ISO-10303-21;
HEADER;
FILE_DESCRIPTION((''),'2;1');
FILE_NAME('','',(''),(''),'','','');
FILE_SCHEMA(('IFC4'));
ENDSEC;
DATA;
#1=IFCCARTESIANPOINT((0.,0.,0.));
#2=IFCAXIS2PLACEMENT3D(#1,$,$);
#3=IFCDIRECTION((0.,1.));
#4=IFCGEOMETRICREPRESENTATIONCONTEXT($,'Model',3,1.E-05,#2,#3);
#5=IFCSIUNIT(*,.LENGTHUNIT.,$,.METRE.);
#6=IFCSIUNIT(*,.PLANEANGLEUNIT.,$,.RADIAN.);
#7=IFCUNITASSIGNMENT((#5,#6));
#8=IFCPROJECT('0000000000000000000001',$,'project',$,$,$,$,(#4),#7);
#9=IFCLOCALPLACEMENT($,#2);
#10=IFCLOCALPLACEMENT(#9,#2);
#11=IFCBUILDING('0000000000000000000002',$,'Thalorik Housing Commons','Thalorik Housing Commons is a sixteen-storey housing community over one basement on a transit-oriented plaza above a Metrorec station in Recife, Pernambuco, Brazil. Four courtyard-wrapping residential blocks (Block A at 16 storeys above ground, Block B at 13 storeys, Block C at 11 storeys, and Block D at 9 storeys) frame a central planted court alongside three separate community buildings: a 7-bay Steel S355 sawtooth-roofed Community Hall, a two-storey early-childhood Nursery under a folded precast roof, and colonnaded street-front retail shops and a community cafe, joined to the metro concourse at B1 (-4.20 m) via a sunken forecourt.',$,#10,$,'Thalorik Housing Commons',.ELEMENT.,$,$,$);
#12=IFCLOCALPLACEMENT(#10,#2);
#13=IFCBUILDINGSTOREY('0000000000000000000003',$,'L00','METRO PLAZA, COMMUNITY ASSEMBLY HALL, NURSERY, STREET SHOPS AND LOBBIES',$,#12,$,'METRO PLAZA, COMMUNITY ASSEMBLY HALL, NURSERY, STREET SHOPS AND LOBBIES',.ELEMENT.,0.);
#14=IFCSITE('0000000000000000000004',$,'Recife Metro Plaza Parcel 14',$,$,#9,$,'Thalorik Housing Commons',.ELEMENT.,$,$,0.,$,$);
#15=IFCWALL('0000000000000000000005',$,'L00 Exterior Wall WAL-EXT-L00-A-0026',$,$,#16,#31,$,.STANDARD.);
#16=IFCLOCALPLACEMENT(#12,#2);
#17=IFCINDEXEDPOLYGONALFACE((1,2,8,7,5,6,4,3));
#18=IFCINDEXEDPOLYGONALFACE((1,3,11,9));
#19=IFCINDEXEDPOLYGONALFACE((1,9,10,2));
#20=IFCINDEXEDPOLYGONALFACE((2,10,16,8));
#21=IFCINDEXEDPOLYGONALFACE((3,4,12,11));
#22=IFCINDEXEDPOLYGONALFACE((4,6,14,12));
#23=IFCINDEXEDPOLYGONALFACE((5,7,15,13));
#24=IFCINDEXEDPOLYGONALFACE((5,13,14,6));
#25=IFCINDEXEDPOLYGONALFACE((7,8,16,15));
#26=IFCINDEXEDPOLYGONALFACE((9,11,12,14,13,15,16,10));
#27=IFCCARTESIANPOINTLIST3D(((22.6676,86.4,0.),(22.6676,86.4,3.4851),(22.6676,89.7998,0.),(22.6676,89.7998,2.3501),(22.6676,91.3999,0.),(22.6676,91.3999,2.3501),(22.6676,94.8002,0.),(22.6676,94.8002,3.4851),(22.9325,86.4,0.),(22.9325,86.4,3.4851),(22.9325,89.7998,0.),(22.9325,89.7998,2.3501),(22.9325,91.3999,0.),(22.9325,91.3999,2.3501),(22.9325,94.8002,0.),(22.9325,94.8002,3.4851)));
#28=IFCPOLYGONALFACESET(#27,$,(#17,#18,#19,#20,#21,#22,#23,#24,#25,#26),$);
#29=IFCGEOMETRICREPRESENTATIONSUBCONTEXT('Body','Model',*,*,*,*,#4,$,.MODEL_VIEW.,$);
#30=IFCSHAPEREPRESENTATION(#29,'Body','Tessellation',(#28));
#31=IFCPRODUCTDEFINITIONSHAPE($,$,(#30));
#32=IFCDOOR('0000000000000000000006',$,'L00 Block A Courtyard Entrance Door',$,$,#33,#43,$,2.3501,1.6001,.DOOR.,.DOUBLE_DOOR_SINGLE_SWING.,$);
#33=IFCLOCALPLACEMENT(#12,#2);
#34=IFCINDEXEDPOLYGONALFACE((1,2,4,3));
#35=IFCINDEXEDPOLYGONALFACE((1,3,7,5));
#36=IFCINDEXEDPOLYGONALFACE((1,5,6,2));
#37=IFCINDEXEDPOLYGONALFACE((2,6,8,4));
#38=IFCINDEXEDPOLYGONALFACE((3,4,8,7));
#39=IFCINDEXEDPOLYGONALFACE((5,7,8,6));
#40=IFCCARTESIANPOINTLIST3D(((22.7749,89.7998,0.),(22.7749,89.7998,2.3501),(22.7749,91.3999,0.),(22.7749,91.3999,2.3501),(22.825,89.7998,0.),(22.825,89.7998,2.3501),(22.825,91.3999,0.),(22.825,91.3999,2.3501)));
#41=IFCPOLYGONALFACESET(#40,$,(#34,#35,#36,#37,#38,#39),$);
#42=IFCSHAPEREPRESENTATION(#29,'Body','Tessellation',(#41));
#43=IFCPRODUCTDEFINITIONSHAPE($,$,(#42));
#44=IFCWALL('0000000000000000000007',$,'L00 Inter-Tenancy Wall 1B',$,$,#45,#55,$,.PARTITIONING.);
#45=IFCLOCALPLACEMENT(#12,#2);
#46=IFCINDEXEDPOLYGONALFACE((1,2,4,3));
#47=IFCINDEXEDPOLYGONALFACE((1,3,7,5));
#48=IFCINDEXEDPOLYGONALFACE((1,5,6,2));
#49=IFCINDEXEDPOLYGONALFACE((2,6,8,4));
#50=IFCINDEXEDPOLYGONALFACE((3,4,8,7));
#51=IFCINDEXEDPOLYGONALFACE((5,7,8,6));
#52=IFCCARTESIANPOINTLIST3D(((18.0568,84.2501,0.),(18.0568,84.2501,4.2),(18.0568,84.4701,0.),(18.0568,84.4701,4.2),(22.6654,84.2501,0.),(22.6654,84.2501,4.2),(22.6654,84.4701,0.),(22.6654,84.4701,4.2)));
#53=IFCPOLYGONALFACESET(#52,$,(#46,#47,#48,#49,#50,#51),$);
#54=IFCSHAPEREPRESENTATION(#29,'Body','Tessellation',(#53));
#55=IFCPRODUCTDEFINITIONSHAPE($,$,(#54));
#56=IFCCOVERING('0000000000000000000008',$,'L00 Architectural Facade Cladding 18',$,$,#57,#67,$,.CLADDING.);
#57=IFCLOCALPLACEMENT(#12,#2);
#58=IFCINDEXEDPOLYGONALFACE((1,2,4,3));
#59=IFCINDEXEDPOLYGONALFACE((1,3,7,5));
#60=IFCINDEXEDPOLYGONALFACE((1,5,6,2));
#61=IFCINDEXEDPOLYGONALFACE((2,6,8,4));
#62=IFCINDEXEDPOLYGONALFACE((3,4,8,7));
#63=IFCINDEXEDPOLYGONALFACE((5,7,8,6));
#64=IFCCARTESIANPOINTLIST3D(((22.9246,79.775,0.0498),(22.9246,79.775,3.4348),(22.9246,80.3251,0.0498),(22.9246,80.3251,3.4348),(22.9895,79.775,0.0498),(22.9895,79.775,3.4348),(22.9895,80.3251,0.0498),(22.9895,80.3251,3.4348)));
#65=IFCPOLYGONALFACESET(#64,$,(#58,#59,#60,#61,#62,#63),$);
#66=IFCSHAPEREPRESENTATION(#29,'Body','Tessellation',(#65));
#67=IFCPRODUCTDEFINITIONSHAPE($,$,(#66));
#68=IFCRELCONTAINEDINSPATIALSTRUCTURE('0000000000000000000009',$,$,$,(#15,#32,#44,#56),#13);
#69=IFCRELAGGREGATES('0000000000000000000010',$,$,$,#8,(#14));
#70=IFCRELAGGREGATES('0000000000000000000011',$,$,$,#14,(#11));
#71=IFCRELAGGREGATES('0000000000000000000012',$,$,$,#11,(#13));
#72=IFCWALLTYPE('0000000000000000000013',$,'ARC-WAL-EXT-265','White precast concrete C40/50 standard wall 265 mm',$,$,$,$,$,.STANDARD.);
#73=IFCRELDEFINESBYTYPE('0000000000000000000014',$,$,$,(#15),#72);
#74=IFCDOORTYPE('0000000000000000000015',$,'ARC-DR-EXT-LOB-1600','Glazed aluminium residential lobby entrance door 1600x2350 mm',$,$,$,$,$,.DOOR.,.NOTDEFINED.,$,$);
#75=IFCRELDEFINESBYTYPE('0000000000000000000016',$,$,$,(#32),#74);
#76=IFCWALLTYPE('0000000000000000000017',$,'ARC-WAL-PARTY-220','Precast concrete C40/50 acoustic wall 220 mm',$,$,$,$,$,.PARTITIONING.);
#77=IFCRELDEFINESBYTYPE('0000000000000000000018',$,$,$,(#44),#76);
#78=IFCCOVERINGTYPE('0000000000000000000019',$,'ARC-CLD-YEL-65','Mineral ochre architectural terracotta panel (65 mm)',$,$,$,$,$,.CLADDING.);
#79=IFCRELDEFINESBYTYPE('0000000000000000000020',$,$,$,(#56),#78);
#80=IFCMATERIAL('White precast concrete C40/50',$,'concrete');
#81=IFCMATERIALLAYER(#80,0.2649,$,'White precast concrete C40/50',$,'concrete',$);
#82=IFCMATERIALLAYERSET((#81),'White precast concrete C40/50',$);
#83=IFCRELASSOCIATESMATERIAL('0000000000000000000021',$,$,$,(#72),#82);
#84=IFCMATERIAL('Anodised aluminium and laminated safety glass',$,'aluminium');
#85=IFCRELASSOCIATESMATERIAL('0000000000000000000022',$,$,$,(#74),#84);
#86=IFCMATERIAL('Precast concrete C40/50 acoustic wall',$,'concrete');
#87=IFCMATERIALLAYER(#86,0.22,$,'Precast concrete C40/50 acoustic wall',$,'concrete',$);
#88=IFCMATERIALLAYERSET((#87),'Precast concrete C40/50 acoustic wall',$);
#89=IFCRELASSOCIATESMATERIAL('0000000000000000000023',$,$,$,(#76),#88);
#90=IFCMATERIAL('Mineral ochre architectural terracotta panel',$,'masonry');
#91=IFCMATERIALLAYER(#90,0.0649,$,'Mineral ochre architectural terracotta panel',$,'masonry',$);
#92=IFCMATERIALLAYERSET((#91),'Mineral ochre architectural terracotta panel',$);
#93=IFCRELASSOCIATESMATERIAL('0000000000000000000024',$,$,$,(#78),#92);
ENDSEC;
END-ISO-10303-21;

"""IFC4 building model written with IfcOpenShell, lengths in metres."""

from ifc_helpers import new_model, si_unit, direction, frame, frame_2d, origin, origin_2d, place, context, subcontext, project, spatial, rectangle, extrude, material, layer, layer_set, type_object, element, fill, save


model = new_model("IFC4")

# Units and contexts
model_context = context("Model", 3, precision=1e-05, world=origin(), true_north=direction((0.0, 1.0)))
body_context = subcontext(model_context, "Body", "Model", "MODEL_VIEW")
ifc_project = project(units=[si_unit("LENGTHUNIT", "METRE"), si_unit("PLANEANGLEUNIT", "RADIAN")], contexts=[model_context])

# Site, building, storey
site_placement = place(None, origin())
site = spatial("IfcSite", under=ifc_project, at=site_placement, Name="Recife Metro Plaza Parcel 14", LongName="Thalorik Housing Commons", CompositionType="ELEMENT", RefElevation=0.0)
building_placement = place(site_placement, origin())
building = spatial("IfcBuilding", under=site, at=building_placement, Name="Thalorik Housing Commons", Description="Thalorik Housing Commons is a sixteen-storey housing community over one basement on a transit-oriented plaza above a Metrorec station in Recife, Pernambuco, Brazil. Four courtyard-wrapping residential blocks (Block A at 16 storeys above ground, Block B at 13 storeys, Block C at 11 storeys, and Block D at 9 storeys) frame a central planted court alongside three separate community buildings: a 7-bay Steel S355 sawtooth-roofed Community Hall, a two-storey early-childhood Nursery under a folded precast roof, and colonnaded street-front retail shops and a community cafe, joined to the metro concourse at B1 (-4.20 m) via a sunken forecourt.", LongName="Thalorik Housing Commons", CompositionType="ELEMENT")
storey_placement = place(building_placement, origin())
storey = spatial("IfcBuildingStorey", under=building, at=storey_placement, Name="L00", Description="METRO PLAZA, COMMUNITY ASSEMBLY HALL, NURSERY, STREET SHOPS AND LOBBIES", LongName="METRO PLAZA, COMMUNITY ASSEMBLY HALL, NURSERY, STREET SHOPS AND LOBBIES", CompositionType="ELEMENT", Elevation=0.0)

# Shared definitions
ifc_material_1 = material(Name="White precast concrete C40/50", Category="concrete")
ifc_layer_1 = layer(ifc_material_1, 0.2649, Name="White precast concrete C40/50", Category="concrete")
ifc_layer_set_1 = layer_set([ifc_layer_1], Name="White precast concrete C40/50")
wall_type_1 = type_object("IfcWallType", Name="ARC-WAL-EXT-265", Description="White precast concrete C40/50 standard wall 265 mm", PredefinedType="STANDARD", material=ifc_layer_set_1)

# Wall, opening, door
wall_1_placement = place(storey_placement, frame((22.8, 86.3999, 0.0), z_axis=(0.0, 0.0, 1.0), x_axis=(0.0, 1.0, 0.0)))
wall_1 = element("IfcWall", 1, at=wall_1_placement, inside=storey, type_object=wall_type_1, Name="L00 Exterior Wall WAL-EXT-L00-A-0026", PredefinedType="STANDARD", context=body_context, shape_type="SweptSolid", body=[
    extrude(rectangle(XDim=8.4001, YDim=0.2649, at=frame_2d((4.2002, 0.0))), origin(), (0.0, 0.0, 1.0), 3.4851),
])
opening_1_placement = place(wall_1_placement, frame((3.3999, 0.0, 0.0)))
opening_1 = element("IfcOpeningElement", 2, at=opening_1_placement, cuts=wall_1, PredefinedType="OPENING", context=body_context, shape_type="SweptSolid", body=[
    extrude(rectangle(XDim=1.6001, YDim=2.3501, at=frame_2d((0.8, 1.175))), frame((0.0, 0.1426, 0.0), z_axis=(0.0, -1.0, 0.0), x_axis=(1.0, 0.0, 0.0)), (0.0, 0.0, 1.0), 0.2849),
])
ifc_material_2 = material(Name="Anodised aluminium and laminated safety glass", Category="aluminium")
door_type = type_object("IfcDoorType", Name="ARC-DR-EXT-LOB-1600", Description="Glazed aluminium residential lobby entrance door 1600x2350 mm", OperationType="NOTDEFINED", PredefinedType="DOOR", material=ifc_material_2)
door_placement = place(opening_1_placement, frame((1.6001, 0.0, 0.0), z_axis=(0.0, 0.0, 1.0), x_axis=(-1.0, 0.0, 0.0)))
door = element("IfcDoor", 3, at=door_placement, inside=storey, type_object=door_type, Name="L00 Block A Courtyard Entrance Door", OperationType="DOUBLE_DOOR_SINGLE_SWING", OverallHeight=2.3501, OverallWidth=1.6001, PredefinedType="DOOR", context=body_context, shape_type="SweptSolid", body=[
    extrude(rectangle(XDim=1.6001, YDim=2.3501, at=frame_2d((0.8, 1.175))), frame((0.0, 0.0249, 0.0), z_axis=(0.0, -1.0, 0.0), x_axis=(1.0, 0.0, 0.0)), (0.0, 0.0, 1.0), 0.05),
])
fill(opening_1, door)

# Wall
ifc_material_3 = material(Name="Precast concrete C40/50 acoustic wall", Category="concrete")
ifc_layer_2 = layer(ifc_material_3, 0.22, Name="Precast concrete C40/50 acoustic wall", Category="concrete")
ifc_layer_set_2 = layer_set([ifc_layer_2], Name="Precast concrete C40/50 acoustic wall")
wall_type_2 = type_object("IfcWallType", Name="ARC-WAL-PARTY-220", Description="Precast concrete C40/50 acoustic wall 220 mm", PredefinedType="PARTITIONING", material=ifc_layer_set_2)
wall_2_placement = place(storey_placement, frame((18.0569, 84.3601, 0.0), z_axis=(0.0, 0.0, 1.0), x_axis=(1.0, 0.0, 0.0)))
element("IfcWall", 4, at=wall_2_placement, inside=storey, type_object=wall_type_2, Name="L00 Inter-Tenancy Wall 1B", PredefinedType="PARTITIONING", context=body_context, shape_type="SweptSolid", body=[
    extrude(rectangle(XDim=4.6086, YDim=0.22, at=frame_2d((2.3042, 0.0))), origin(), (0.0, 0.0, 1.0), 4.2),
])

# Covering
ifc_material_4 = material(Name="Mineral ochre architectural terracotta panel", Category="masonry")
ifc_layer_3 = layer(ifc_material_4, 0.0649, Name="Mineral ochre architectural terracotta panel", Category="masonry")
ifc_layer_set_3 = layer_set([ifc_layer_3], Name="Mineral ochre architectural terracotta panel")
covering_type = type_object("IfcCoveringType", Name="ARC-CLD-YEL-65", Description="Mineral ochre architectural terracotta panel (65 mm)", PredefinedType="CLADDING", material=ifc_layer_set_3)
covering_placement = place(storey_placement, frame((22.957, 80.05, 0.0498), z_axis=(0.0, 0.0, 1.0), x_axis=(0.0, 1.0, 0.0)))
element("IfcCovering", 5, at=covering_placement, inside=storey, type_object=covering_type, Name="L00 Architectural Facade Cladding 18", PredefinedType="CLADDING", context=body_context, shape_type="SweptSolid", body=[
    extrude(rectangle(XDim=0.55, YDim=0.0649, at=origin_2d()), origin(), (0.0, 0.0, 1.0), 3.385),
])

save(model, "model.ifc")
